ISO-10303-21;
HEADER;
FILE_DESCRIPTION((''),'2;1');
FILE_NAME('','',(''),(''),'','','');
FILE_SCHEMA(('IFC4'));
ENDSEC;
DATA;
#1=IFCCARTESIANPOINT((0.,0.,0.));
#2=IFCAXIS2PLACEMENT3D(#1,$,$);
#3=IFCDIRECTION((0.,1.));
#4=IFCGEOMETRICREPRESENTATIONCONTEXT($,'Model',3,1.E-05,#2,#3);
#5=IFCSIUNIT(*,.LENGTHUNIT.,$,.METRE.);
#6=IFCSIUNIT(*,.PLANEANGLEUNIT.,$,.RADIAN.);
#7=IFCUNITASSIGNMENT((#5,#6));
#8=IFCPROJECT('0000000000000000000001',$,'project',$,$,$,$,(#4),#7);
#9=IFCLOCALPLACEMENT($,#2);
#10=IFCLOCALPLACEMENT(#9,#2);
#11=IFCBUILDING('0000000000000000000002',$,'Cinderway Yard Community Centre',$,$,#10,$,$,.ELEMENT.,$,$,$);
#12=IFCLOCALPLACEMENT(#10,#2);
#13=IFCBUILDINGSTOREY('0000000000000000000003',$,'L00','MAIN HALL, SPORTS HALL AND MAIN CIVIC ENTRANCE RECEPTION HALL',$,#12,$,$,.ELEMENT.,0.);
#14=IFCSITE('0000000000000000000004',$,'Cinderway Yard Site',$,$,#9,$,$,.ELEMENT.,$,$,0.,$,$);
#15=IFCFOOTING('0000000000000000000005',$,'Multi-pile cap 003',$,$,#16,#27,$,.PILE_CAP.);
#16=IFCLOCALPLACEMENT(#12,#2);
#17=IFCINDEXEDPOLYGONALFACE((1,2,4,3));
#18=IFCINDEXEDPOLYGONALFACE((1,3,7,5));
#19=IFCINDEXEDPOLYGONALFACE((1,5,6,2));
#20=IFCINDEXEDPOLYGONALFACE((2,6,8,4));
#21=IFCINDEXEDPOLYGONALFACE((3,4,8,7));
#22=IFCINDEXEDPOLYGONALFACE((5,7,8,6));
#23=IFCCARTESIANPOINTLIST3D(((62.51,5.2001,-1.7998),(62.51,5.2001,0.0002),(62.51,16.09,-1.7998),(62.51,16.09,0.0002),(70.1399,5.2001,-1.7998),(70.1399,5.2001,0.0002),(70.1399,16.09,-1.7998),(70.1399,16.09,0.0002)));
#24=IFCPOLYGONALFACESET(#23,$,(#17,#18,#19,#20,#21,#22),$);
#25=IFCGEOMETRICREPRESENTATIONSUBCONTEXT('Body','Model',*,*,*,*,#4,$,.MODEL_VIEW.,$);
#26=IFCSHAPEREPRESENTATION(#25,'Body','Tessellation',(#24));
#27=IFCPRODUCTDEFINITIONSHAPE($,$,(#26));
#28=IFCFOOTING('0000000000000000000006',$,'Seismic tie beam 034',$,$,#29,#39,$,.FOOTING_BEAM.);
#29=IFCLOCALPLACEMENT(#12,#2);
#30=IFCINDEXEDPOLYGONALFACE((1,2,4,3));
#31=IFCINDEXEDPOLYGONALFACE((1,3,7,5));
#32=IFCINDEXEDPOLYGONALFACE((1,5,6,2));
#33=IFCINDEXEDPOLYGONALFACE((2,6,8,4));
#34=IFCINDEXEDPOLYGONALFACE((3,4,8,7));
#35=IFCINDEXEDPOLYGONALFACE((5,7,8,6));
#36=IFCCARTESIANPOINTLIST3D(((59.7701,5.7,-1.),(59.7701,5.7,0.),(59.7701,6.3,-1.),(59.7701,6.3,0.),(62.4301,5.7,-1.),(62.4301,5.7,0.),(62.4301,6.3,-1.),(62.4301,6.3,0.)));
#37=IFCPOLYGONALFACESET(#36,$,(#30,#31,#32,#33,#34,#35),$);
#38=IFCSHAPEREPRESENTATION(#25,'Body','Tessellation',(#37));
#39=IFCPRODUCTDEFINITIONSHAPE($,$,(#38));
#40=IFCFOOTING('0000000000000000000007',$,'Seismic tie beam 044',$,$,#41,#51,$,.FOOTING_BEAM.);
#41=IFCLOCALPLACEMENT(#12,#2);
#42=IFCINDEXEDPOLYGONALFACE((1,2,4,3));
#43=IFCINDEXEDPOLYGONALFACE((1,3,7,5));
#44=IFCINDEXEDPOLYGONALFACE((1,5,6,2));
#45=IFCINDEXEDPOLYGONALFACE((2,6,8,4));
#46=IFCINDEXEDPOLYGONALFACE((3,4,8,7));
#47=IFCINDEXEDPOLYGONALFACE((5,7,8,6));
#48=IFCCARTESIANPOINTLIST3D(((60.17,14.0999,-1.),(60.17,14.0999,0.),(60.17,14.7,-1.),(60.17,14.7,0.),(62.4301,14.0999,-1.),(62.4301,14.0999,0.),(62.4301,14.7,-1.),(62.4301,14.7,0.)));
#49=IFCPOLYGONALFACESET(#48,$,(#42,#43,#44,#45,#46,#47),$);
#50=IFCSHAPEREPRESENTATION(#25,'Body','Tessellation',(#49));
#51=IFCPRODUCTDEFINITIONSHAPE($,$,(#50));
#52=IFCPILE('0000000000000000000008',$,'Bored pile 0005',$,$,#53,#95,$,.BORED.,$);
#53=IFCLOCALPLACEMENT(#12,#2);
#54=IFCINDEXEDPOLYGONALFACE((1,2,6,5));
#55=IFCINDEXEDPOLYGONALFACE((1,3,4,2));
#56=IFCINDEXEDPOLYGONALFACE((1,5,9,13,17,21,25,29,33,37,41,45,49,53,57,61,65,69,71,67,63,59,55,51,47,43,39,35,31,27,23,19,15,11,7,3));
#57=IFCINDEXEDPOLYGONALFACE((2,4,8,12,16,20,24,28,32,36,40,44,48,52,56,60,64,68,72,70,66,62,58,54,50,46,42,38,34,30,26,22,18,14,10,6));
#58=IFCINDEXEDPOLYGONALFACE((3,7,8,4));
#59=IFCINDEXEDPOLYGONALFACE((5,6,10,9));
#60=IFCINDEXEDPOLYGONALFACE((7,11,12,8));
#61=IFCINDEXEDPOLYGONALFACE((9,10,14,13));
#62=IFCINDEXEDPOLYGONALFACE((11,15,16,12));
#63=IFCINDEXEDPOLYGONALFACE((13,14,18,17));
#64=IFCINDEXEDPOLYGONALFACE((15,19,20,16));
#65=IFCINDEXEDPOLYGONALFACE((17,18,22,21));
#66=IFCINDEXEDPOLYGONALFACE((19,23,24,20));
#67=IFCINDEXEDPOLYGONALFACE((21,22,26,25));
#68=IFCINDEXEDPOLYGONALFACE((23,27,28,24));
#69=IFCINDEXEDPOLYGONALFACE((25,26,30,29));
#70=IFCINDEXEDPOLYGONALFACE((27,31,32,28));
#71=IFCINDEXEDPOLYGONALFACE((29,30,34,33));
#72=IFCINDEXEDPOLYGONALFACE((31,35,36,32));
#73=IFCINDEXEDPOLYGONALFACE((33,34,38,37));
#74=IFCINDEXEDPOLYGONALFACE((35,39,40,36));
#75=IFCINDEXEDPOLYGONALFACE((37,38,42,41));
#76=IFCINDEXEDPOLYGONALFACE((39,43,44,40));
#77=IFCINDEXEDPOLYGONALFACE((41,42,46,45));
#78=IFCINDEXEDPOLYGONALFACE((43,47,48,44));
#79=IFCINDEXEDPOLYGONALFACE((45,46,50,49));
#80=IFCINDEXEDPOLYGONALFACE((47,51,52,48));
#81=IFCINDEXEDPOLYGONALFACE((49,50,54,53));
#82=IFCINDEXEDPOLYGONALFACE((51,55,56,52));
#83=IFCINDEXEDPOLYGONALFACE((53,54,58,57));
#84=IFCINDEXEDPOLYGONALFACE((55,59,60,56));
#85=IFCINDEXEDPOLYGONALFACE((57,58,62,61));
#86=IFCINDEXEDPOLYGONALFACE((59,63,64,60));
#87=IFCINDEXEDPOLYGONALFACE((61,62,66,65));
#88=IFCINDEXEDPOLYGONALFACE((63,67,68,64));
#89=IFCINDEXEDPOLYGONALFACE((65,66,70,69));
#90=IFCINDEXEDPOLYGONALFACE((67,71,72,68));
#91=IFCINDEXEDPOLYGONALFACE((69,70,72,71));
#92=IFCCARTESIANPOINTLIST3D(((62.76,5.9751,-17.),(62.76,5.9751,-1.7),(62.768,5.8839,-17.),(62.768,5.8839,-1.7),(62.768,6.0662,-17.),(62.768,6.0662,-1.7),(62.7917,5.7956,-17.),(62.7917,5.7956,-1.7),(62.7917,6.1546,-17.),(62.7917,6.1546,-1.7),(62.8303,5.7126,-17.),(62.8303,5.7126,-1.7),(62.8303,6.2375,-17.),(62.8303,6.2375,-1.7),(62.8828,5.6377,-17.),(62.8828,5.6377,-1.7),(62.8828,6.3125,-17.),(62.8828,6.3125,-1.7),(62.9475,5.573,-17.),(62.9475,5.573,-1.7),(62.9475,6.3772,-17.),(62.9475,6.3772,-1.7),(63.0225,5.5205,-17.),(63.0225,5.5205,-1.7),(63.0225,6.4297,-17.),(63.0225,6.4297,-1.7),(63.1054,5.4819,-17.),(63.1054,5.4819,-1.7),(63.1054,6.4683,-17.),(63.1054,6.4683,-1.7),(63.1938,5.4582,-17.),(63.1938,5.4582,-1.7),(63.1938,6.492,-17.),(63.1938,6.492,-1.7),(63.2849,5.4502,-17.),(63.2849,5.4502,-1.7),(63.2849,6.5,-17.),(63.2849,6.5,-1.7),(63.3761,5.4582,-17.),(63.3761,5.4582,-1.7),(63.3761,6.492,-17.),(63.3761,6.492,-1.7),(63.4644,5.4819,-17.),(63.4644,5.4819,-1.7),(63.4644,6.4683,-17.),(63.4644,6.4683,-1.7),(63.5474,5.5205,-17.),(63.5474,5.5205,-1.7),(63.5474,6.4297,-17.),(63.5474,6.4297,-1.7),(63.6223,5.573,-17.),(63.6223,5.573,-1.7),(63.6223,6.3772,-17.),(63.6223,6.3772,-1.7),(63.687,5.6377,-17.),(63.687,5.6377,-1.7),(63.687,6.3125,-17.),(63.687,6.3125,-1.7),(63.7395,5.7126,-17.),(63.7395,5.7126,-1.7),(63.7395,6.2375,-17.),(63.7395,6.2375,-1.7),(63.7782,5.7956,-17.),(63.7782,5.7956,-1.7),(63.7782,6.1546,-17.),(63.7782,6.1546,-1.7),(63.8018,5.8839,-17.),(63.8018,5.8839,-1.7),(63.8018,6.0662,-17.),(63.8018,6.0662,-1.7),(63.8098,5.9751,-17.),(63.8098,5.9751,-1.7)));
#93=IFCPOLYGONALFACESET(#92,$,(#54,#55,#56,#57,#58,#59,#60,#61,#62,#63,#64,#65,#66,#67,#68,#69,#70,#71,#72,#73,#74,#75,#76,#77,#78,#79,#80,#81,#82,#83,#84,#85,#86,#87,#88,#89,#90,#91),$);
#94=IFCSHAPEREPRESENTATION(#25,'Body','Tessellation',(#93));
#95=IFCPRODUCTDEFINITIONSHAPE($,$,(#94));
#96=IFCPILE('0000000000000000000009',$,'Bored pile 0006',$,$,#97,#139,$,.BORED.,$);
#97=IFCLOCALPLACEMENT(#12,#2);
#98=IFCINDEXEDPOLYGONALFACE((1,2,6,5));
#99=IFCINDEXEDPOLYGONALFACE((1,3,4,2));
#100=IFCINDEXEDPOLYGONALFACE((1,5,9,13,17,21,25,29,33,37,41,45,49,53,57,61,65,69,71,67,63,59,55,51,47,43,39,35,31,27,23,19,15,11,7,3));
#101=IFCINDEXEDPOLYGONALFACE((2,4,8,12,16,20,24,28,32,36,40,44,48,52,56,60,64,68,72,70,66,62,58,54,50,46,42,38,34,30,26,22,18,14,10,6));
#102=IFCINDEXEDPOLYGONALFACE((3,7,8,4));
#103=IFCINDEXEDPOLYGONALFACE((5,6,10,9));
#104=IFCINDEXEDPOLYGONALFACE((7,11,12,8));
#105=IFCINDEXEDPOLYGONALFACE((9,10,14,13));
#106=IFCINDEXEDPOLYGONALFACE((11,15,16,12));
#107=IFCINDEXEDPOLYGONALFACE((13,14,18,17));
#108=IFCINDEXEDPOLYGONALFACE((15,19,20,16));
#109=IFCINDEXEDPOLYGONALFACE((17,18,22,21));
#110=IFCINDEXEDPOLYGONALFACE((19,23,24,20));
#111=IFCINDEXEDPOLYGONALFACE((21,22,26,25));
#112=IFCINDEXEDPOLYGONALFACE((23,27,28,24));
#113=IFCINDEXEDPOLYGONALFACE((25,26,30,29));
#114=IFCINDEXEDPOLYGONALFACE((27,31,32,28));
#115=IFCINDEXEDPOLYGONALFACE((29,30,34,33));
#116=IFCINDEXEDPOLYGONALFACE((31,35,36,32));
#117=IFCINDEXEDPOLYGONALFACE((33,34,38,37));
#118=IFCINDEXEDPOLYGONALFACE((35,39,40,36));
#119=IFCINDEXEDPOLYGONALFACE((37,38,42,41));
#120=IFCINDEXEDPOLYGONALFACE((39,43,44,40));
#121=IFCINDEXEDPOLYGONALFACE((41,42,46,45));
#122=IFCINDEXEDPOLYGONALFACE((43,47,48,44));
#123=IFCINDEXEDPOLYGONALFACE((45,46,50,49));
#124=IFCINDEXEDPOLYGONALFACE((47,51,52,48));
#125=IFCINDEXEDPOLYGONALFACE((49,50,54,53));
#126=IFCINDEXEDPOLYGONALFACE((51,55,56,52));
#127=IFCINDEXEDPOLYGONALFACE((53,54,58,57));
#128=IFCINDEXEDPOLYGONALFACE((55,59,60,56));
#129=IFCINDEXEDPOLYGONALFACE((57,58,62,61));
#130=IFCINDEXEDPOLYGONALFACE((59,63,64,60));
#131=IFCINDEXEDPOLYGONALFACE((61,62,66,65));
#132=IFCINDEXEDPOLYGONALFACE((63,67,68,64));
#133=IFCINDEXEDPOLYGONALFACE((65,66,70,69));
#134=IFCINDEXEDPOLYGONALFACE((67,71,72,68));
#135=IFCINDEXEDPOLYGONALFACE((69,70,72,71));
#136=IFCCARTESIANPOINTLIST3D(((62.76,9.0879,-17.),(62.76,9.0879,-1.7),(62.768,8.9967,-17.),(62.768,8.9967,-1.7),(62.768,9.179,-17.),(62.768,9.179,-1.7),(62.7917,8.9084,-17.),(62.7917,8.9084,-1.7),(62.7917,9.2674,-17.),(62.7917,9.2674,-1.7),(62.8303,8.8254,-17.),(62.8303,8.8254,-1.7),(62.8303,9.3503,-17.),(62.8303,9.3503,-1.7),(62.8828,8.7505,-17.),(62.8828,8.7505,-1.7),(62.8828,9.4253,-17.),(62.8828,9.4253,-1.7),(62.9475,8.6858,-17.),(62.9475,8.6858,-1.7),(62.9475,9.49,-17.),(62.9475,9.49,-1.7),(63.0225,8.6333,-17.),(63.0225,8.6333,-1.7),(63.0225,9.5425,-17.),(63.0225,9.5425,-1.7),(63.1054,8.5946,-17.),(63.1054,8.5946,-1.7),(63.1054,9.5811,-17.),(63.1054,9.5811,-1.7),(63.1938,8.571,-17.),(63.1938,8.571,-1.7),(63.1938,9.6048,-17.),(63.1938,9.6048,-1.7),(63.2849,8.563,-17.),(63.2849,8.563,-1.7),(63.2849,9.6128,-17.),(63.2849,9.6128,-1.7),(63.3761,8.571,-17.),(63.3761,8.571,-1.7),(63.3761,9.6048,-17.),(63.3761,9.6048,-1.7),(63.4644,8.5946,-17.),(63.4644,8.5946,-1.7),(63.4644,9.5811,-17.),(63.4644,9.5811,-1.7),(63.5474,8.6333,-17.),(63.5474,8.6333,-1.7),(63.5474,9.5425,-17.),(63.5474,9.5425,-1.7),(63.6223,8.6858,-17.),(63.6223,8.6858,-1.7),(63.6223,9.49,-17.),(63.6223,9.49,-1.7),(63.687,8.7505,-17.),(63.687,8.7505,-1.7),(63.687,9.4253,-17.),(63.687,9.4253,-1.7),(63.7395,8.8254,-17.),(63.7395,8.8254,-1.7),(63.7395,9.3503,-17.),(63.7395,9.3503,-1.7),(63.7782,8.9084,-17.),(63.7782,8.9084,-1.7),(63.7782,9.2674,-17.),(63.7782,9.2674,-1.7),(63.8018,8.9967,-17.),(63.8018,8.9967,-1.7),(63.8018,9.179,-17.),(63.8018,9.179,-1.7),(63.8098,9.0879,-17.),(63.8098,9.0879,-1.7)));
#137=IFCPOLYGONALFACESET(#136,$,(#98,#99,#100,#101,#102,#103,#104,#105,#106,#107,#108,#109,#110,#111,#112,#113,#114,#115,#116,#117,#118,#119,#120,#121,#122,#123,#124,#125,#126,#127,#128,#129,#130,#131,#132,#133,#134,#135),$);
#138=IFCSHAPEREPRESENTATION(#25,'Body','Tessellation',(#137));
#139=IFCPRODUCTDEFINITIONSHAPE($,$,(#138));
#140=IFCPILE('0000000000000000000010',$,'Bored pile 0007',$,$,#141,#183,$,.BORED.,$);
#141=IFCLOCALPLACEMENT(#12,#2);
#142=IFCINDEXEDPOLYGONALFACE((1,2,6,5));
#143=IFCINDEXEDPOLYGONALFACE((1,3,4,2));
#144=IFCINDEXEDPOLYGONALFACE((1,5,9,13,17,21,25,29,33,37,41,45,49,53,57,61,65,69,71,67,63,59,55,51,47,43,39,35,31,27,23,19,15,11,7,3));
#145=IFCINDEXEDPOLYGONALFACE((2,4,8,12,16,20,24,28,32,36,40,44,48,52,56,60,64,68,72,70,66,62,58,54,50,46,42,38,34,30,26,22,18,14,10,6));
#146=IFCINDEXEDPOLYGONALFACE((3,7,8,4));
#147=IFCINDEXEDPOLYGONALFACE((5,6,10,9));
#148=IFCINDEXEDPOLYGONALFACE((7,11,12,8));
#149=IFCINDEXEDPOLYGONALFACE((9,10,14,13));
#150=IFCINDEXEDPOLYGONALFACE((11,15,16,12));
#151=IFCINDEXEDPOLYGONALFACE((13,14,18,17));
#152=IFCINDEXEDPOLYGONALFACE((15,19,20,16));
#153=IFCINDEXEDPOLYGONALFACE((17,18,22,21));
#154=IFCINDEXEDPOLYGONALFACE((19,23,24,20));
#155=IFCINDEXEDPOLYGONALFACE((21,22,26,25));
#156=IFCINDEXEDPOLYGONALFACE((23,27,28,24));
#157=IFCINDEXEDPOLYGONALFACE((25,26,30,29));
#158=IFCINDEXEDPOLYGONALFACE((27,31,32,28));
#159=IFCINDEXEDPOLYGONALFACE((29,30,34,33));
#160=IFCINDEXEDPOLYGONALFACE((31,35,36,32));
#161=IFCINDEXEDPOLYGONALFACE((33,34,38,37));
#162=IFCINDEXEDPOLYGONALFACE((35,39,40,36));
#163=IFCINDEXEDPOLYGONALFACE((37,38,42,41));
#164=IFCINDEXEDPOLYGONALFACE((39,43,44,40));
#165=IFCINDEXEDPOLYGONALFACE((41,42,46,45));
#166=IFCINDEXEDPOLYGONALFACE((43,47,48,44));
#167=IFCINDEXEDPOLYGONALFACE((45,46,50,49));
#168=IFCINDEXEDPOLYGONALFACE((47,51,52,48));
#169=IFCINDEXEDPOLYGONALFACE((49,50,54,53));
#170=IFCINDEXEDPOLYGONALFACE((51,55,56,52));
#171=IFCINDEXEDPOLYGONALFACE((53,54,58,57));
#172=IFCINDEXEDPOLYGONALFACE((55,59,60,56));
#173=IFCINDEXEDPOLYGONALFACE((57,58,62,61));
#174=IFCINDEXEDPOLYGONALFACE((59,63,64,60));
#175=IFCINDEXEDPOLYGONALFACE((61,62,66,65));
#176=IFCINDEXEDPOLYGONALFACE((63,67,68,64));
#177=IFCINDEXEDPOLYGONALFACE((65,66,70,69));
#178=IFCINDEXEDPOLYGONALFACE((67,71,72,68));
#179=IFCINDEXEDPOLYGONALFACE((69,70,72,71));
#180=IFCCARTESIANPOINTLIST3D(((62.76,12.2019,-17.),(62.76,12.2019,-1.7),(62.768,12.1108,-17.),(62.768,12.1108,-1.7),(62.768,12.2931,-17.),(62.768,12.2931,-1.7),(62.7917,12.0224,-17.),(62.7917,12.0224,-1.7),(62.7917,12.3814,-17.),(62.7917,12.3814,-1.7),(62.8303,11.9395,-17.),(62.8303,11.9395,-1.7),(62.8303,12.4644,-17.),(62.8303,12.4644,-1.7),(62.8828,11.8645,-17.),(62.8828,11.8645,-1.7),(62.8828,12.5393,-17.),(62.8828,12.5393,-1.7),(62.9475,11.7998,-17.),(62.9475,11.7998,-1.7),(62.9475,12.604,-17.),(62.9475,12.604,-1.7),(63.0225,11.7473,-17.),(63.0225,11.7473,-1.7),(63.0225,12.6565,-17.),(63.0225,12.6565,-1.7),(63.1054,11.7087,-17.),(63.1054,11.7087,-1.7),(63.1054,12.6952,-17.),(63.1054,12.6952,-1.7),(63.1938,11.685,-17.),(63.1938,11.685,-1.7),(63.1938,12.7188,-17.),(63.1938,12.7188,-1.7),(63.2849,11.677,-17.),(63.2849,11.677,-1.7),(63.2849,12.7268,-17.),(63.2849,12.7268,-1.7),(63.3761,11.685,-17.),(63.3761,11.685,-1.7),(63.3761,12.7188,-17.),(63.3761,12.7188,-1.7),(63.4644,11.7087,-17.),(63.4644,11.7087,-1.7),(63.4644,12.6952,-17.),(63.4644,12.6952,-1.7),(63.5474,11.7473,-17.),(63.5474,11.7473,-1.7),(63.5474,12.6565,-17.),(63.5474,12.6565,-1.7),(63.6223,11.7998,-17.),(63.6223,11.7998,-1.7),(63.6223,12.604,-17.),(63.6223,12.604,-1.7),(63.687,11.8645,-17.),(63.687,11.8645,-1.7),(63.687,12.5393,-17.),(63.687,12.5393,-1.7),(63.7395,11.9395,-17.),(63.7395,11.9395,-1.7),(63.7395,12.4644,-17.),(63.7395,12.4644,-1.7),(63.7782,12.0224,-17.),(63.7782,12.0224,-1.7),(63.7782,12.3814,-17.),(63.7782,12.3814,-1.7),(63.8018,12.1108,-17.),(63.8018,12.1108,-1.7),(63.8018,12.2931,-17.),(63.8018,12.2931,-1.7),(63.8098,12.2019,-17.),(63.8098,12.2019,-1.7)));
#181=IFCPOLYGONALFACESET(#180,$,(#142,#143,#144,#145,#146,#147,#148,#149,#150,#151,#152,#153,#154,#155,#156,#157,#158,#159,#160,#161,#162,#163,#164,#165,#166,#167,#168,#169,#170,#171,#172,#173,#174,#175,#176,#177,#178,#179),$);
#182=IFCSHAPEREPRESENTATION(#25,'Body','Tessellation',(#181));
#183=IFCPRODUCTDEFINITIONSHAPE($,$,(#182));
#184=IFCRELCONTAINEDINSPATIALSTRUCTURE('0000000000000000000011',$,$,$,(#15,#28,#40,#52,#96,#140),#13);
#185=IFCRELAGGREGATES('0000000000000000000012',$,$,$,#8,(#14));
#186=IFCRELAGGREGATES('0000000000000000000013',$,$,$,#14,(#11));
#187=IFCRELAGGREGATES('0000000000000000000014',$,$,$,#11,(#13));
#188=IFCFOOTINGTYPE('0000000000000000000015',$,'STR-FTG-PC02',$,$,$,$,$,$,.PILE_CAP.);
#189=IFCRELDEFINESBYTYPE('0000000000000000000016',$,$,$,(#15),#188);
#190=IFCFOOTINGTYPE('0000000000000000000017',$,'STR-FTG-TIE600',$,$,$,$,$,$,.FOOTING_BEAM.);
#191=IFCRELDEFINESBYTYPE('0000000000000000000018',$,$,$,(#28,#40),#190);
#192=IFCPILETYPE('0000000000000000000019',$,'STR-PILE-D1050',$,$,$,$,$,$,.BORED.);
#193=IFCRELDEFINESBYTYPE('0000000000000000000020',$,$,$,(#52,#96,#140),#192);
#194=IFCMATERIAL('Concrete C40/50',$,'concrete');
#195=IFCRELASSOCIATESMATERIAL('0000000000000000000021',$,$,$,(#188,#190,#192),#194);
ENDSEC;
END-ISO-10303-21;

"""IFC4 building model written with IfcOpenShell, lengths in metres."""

from ifc_helpers import new_model, si_unit, direction, frame, origin, origin_2d, place, context, subcontext, project, spatial, rectangle, circle, extrude, material, material_profile, profile_set, type_object, element, save


model = new_model("IFC4")

# Units and contexts
model_context = context("Model", 3, precision=1e-05, world=origin(), true_north=direction((0.0, 1.0)))
body_context = subcontext(model_context, "Body", "Model", "MODEL_VIEW")
ifc_project = project(units=[si_unit("LENGTHUNIT", "METRE"), si_unit("PLANEANGLEUNIT", "RADIAN")], contexts=[model_context])

# Site, building, storey
site_placement = place(None, origin())
site = spatial("IfcSite", under=ifc_project, at=site_placement, Name="Cinderway Yard Site", CompositionType="ELEMENT", RefElevation=0.0)
building_placement = place(site_placement, origin())
building = spatial("IfcBuilding", under=site, at=building_placement, Name="Cinderway Yard Community Centre", CompositionType="ELEMENT")
storey_placement = place(building_placement, origin())
storey = spatial("IfcBuildingStorey", under=building, at=storey_placement, Name="L00", Description="MAIN HALL, SPORTS HALL AND MAIN CIVIC ENTRANCE RECEPTION HALL", CompositionType="ELEMENT", Elevation=0.0)

# Footings
ifc_material_1 = material(Name="Concrete C40/50", Category="concrete")
footing_type_1 = type_object("IfcFootingType", Name="STR-FTG-PC02", PredefinedType="PILE_CAP", material=ifc_material_1)
footing_1_placement = place(storey_placement, frame((66.325, 10.645, -1.7998), z_axis=(0.0, 0.0, 1.0), x_axis=(1.0, 0.0, 0.0)))
element("IfcFooting", 1, at=footing_1_placement, inside=storey, type_object=footing_type_1, Name="Multi-pile cap 003", PredefinedType="PILE_CAP", context=body_context, shape_type="SweptSolid", body=[
    extrude(rectangle(XDim=7.6299, YDim=10.8899, at=origin_2d()), origin(), (0.0, 0.0, 1.0), 1.8),
])
footing_type_2 = type_object("IfcFootingType", Name="STR-FTG-TIE600", PredefinedType="FOOTING_BEAM", material=ifc_material_1)
footing_2_placement = place(storey_placement, frame((61.1001, 6.0, -1.0), z_axis=(0.0, 0.0, 1.0), x_axis=(1.0, 0.0, 0.0)))
element("IfcFooting", 2, at=footing_2_placement, inside=storey, type_object=footing_type_2, Name="Seismic tie beam 034", PredefinedType="FOOTING_BEAM", context=body_context, shape_type="SweptSolid", body=[
    extrude(rectangle(XDim=2.6599, YDim=0.6001, at=origin_2d()), origin(), (0.0, 0.0, 1.0), 1.0),
])
footing_3_placement = place(storey_placement, frame((61.3, 14.3999, -1.0), z_axis=(0.0, 0.0, 1.0), x_axis=(1.0, 0.0, 0.0)))
element("IfcFooting", 3, at=footing_3_placement, inside=storey, type_object=footing_type_2, Name="Seismic tie beam 044", PredefinedType="FOOTING_BEAM", context=body_context, shape_type="SweptSolid", body=[
    extrude(rectangle(XDim=2.26, YDim=0.6001, at=origin_2d()), origin(), (0.0, 0.0, 1.0), 1.0),
])

# Piles
ifc_material_profile = material_profile(ifc_material_1, circle(Radius=0.5249, at=origin_2d()), Name="Concrete C40/50")
ifc_profile_set = profile_set([ifc_material_profile], Name="Concrete C40/50")
pile_type = type_object("IfcPileType", Name="STR-PILE-D1050", PredefinedType="BORED", material=ifc_profile_set)
for number, where, z_axis, x_axis, name in (
    (4, (63.2849, 5.9751, -1.7), (0.0, 0.0, -1.0), (1.0, 0.0, 0.0), "Bored pile 0005"),
    (5, (63.2849, 9.0879, -1.7), (0.0, 0.0, -1.0), (1.0, 0.0, 0.0), "Bored pile 0006"),
    (6, (63.2849, 12.2019, -1.7), (0.0, 0.0, -1.0), (1.0, 0.0, 0.0), "Bored pile 0007"),
):
    element("IfcPile", number, at=place(storey_placement, frame(where, z_axis=z_axis, x_axis=x_axis)), inside=storey, type_object=pile_type, Name=name, PredefinedType="BORED", context=body_context, shape_type="SweptSolid", body=[
        extrude(circle(Radius=0.5249, at=origin_2d()), origin(), (0.0, 0.0, 1.0), 15.3),
    ])

save(model, "model.ifc")
